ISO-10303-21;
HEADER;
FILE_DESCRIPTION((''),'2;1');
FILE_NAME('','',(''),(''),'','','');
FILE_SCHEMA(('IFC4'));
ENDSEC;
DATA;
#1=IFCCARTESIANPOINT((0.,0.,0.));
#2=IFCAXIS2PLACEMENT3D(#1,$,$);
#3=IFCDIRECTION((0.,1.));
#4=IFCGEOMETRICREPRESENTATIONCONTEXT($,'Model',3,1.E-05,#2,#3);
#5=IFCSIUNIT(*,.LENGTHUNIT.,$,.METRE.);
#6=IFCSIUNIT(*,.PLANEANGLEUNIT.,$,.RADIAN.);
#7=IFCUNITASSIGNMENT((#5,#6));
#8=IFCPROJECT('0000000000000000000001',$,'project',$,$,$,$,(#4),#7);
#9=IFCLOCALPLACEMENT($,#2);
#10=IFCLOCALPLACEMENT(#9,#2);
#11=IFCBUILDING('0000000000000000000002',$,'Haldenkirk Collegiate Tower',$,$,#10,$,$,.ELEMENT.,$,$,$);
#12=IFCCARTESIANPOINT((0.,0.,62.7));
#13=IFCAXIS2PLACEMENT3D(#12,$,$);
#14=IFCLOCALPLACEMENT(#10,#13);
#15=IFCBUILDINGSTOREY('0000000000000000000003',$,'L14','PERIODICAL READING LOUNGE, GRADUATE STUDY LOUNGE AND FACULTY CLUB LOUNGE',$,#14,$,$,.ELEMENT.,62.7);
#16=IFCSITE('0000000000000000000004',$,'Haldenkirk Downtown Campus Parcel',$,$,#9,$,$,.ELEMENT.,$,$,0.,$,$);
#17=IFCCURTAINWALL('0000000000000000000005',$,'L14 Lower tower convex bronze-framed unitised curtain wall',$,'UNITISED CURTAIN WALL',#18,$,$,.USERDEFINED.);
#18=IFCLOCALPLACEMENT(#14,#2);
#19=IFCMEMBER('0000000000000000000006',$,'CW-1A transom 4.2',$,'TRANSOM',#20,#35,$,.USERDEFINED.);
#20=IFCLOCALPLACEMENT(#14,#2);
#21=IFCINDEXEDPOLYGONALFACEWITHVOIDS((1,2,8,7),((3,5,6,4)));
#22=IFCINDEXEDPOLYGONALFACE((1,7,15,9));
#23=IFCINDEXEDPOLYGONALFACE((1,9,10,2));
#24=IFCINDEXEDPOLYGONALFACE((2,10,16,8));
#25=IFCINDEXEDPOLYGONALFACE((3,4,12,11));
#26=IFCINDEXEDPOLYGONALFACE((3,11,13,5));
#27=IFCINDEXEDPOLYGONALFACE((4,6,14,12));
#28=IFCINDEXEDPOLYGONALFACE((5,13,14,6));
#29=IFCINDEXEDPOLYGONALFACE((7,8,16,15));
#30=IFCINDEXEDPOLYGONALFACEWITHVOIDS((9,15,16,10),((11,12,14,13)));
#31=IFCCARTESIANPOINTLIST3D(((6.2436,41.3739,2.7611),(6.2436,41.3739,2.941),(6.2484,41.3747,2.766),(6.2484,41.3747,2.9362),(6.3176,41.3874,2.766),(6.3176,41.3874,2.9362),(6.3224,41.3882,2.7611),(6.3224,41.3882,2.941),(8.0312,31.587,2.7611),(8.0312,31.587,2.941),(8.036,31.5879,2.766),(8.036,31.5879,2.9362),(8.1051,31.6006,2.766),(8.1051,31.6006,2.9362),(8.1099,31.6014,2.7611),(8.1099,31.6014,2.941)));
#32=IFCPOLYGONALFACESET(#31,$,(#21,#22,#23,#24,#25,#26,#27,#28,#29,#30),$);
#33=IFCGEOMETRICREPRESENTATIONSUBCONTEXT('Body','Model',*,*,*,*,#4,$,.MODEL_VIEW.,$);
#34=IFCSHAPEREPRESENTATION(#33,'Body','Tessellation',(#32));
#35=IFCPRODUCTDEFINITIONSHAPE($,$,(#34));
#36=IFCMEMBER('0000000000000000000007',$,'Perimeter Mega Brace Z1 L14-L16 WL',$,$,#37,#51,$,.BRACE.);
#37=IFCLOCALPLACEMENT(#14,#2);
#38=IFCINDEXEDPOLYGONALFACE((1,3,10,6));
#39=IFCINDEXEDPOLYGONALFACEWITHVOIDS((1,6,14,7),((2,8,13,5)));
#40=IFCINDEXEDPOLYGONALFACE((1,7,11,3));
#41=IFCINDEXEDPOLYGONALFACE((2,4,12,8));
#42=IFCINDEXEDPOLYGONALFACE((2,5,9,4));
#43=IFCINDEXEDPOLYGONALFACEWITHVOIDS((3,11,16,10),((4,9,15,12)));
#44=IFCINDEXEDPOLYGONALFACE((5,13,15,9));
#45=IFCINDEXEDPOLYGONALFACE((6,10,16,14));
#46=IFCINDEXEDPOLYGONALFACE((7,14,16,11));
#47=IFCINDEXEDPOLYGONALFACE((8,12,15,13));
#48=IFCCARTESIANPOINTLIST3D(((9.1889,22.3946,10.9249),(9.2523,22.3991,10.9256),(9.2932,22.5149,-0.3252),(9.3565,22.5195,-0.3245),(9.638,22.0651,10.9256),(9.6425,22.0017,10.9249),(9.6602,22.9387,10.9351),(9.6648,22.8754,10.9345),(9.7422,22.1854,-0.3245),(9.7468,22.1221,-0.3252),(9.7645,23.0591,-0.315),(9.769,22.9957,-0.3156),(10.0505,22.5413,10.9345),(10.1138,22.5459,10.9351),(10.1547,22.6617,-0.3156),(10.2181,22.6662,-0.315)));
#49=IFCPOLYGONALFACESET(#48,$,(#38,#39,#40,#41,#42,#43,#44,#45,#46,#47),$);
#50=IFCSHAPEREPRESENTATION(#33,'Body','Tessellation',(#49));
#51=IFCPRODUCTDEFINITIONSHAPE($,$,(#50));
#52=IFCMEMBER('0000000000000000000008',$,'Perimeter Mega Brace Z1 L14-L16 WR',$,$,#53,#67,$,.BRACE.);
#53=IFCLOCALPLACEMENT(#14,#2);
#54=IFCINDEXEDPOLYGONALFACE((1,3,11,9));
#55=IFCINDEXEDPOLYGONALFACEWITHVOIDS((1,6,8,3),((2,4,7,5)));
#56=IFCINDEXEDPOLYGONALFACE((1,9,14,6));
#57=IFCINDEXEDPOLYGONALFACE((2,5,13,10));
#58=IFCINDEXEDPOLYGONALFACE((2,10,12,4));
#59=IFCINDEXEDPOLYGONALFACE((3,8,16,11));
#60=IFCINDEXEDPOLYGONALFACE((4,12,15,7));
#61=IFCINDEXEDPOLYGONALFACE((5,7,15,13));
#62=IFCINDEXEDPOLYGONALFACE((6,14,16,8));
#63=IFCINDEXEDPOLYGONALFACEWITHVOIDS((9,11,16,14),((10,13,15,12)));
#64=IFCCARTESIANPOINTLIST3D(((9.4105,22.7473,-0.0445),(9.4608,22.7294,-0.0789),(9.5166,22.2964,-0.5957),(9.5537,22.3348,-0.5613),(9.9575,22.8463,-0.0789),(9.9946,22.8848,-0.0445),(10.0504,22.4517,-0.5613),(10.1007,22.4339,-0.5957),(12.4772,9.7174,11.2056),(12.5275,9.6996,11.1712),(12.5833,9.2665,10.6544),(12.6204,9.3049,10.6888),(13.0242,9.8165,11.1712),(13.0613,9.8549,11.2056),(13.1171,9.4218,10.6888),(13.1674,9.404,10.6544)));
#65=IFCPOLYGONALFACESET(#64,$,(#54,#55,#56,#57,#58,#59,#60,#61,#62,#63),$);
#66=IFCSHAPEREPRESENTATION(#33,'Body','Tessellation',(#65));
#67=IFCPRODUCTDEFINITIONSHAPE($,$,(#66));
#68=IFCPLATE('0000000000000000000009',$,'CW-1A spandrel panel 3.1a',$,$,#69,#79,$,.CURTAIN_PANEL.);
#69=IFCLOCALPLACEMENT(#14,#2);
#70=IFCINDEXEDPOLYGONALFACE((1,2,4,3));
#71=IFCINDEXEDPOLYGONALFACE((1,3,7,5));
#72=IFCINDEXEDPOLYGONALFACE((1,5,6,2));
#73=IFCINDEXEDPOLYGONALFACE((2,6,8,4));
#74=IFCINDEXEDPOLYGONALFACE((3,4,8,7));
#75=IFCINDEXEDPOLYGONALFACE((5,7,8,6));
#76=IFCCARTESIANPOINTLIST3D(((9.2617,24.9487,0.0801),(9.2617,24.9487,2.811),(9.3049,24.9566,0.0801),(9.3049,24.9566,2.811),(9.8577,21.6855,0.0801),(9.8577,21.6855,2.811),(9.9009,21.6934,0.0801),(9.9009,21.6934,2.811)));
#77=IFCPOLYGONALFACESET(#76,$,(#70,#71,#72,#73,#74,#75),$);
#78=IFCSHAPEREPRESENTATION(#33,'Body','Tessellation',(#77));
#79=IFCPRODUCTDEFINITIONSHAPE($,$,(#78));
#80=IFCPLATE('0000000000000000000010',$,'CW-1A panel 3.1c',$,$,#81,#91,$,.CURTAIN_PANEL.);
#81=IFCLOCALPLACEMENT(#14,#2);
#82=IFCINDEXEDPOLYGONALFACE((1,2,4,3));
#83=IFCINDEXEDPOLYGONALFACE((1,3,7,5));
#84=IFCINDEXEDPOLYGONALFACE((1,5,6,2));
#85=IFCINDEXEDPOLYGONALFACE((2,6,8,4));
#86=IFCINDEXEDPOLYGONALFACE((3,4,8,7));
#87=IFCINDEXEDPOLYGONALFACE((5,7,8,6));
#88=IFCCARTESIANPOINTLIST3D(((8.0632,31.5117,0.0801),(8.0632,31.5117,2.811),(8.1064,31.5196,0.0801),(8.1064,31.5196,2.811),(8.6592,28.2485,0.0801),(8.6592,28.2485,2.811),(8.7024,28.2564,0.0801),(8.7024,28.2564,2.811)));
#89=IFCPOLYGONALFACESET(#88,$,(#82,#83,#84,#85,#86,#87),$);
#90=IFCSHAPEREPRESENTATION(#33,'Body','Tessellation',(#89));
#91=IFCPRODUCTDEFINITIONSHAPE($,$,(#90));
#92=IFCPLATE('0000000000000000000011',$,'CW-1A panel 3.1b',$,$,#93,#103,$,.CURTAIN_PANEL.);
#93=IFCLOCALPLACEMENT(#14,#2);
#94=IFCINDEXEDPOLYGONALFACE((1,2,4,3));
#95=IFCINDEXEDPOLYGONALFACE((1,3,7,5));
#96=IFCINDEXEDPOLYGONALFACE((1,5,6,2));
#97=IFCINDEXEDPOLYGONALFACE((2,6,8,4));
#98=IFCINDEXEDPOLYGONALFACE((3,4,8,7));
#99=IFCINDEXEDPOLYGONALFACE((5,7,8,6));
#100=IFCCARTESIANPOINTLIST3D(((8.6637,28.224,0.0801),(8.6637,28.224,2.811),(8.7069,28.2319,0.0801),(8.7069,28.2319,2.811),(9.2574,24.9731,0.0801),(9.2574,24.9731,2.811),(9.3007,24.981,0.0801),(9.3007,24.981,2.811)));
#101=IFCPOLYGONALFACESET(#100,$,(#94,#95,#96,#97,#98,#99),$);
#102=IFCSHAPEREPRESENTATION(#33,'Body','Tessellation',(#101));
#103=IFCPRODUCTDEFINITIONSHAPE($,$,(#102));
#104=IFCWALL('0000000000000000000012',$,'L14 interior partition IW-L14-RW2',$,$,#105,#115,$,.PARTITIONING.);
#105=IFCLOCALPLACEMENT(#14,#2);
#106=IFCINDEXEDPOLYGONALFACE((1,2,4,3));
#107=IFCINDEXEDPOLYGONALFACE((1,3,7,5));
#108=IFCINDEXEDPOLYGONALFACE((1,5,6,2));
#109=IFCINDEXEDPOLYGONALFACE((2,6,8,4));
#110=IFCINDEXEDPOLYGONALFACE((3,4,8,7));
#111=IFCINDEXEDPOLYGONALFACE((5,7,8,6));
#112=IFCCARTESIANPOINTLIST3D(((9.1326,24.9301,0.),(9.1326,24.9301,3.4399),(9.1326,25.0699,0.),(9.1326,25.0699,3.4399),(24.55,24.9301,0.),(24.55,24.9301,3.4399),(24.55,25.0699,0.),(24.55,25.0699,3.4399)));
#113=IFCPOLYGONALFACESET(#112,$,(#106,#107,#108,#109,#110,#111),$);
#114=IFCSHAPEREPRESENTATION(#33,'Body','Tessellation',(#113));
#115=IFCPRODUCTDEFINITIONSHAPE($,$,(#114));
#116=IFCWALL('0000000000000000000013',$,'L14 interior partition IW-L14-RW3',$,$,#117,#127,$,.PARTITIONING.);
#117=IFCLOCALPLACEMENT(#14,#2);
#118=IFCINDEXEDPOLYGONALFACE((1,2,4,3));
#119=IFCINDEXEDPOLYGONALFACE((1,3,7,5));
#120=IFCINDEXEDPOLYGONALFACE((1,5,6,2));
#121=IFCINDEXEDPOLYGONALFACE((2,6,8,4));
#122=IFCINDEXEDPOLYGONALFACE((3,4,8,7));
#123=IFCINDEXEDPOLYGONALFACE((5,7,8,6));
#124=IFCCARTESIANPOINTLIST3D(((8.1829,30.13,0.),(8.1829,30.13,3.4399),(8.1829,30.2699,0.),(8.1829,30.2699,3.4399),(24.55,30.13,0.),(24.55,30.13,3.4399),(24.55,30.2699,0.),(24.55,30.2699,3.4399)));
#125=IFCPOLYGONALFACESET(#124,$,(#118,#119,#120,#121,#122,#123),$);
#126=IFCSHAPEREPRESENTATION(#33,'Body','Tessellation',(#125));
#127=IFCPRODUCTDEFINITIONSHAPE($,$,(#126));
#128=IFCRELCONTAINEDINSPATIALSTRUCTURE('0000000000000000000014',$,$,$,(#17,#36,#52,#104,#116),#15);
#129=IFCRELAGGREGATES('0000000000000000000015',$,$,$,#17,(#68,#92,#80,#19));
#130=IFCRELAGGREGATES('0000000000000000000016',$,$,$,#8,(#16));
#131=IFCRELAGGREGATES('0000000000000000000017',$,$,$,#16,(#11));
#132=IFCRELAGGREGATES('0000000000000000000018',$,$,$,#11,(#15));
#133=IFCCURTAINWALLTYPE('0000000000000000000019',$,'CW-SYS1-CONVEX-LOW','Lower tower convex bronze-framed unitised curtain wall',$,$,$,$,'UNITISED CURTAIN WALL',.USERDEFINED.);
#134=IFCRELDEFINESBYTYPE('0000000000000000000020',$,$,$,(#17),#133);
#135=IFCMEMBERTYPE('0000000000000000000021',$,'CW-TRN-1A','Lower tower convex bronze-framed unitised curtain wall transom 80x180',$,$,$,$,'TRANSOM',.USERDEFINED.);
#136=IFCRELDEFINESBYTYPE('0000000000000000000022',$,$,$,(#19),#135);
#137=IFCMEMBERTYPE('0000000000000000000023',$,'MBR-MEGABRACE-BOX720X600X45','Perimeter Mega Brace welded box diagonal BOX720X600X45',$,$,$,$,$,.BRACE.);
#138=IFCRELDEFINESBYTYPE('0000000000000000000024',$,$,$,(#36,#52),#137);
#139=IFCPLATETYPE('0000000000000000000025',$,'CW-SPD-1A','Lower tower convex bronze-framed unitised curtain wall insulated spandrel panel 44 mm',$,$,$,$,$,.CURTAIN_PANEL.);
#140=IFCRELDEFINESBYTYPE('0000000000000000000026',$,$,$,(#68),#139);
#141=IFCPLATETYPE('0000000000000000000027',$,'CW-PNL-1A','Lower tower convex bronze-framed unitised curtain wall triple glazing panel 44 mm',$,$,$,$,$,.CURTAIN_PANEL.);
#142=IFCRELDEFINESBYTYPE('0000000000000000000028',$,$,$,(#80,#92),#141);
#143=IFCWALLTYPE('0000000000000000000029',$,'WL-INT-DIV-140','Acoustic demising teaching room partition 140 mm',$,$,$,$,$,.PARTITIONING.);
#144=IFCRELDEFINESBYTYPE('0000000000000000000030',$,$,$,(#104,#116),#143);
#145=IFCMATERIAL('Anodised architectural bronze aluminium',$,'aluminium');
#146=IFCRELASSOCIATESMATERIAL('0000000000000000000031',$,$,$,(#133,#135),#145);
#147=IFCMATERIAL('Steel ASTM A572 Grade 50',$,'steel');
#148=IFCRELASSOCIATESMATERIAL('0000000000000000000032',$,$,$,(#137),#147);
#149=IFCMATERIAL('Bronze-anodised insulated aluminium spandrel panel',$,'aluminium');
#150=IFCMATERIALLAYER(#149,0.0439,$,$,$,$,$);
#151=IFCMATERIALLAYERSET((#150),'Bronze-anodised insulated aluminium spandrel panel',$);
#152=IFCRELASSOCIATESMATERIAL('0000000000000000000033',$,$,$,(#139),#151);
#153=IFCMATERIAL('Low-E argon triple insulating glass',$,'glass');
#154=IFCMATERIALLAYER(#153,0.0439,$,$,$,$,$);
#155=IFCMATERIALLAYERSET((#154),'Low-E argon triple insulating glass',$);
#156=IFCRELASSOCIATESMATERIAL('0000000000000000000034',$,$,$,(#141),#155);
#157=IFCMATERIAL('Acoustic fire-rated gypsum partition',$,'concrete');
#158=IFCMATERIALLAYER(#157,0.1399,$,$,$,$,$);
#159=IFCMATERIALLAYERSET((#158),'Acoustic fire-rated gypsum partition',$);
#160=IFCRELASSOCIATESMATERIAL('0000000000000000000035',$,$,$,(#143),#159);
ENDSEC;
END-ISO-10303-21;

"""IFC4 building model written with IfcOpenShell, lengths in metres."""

from ifc_helpers import new_model, si_unit, direction, frame, frame_2d, origin, origin_2d, place, context, subcontext, project, spatial, rectangle, hollow_rectangle, extrude, source, transform, mapped, material, layer, layer_set, material_profile, profile_set, type_object, element, aggregate, save


model = new_model("IFC4")

# Units and contexts
model_context = context("Model", 3, precision=1e-05, world=origin(), true_north=direction((0.0, 1.0)))
body_context = subcontext(model_context, "Body", "Model", "MODEL_VIEW")
ifc_project = project(units=[si_unit("LENGTHUNIT", "METRE"), si_unit("PLANEANGLEUNIT", "RADIAN")], contexts=[model_context])

# Site, building, storey
site_placement = place(None, origin())
site = spatial("IfcSite", under=ifc_project, at=site_placement, Name="Haldenkirk Downtown Campus Parcel", CompositionType="ELEMENT", RefElevation=0.0)
building_placement = place(site_placement, origin())
building = spatial("IfcBuilding", under=site, at=building_placement, Name="Haldenkirk Collegiate Tower", CompositionType="ELEMENT")
storey_placement = place(building_placement, frame((0.0, 0.0, 62.7)))
storey = spatial("IfcBuildingStorey", under=building, at=storey_placement, Name="L14", Description="PERIODICAL READING LOUNGE, GRADUATE STUDY LOUNGE AND FACULTY CLUB LOUNGE", CompositionType="ELEMENT", Elevation=62.7)

# Curtain wall, member
ifc_material_1 = material(Name="Anodised architectural bronze aluminium", Category="aluminium")
curtain_wall_type = type_object("IfcCurtainWallType", Name="CW-SYS1-CONVEX-LOW", Description="Lower tower convex bronze-framed unitised curtain wall", ElementType="UNITISED CURTAIN WALL", PredefinedType="USERDEFINED", material=ifc_material_1)
curtain_wall_placement = place(storey_placement, origin())
curtain_wall = element("IfcCurtainWall", 1, at=curtain_wall_placement, inside=storey, type_object=curtain_wall_type, Name="L14 Lower tower convex bronze-framed unitised curtain wall", ObjectType="UNITISED CURTAIN WALL", PredefinedType="USERDEFINED")
ifc_material_profile_1 = material_profile(ifc_material_1, hollow_rectangle(XDim=0.0801, YDim=0.1799, WallThickness=0.0049, at=origin_2d()), Name="CW-TRN-1A")
ifc_profile_set_1 = profile_set([ifc_material_profile_1], Name="Anodised architectural bronze aluminium")
member_type_1 = type_object("IfcMemberType", Name="CW-TRN-1A", Description="Lower tower convex bronze-framed unitised curtain wall transom 80x180", ElementType="TRANSOM", PredefinedType="USERDEFINED", material=ifc_profile_set_1)
member_1_placement = place(storey_placement, frame((8.0706, 31.5942, 2.8511), z_axis=(-0.17968, 0.983725, 0.0), x_axis=(-0.983725, -0.17968, 0.0)))
member_1 = element("IfcMember", 2, at=member_1_placement, type_object=member_type_1, Name="CW-1A transom 4.2", ObjectType="TRANSOM", PredefinedType="USERDEFINED", context=body_context, shape_type="SweptSolid", body=[
    extrude(hollow_rectangle(XDim=0.0801, YDim=0.1799, WallThickness=0.0049, at=origin_2d()), origin(), (0.0, 0.0, 1.0), 9.9487),
])

# Members
ifc_material_2 = material(Name="Steel ASTM A572 Grade 50", Category="steel")
ifc_material_profile_2 = material_profile(ifc_material_2, hollow_rectangle(XDim=0.6001, YDim=0.72, WallThickness=0.0449, at=origin_2d()), Name="BOX720X600X45")
ifc_profile_set_2 = profile_set([ifc_material_profile_2], Name="Steel ASTM A572 Grade 50")
member_type_2 = type_object("IfcMemberType", Name="MBR-MEGABRACE-BOX720X600X45", Description="Perimeter Mega Brace welded box diagonal BOX720X600X45", PredefinedType="BRACE", material=ifc_profile_set_2)
member_2_placement = place(storey_placement, frame((9.7556, 22.5906, -0.3201), z_axis=(-0.009266, -0.010698, 0.9999), x_axis=(0.755891, -0.654697, 0.0)))
element("IfcMember", 3, at=member_2_placement, inside=storey, type_object=member_type_2, Name="Perimeter Mega Brace Z1 L14-L16 WL", PredefinedType="BRACE", context=body_context, shape_type="SweptSolid", body=[
    extrude(hollow_rectangle(XDim=0.6001, YDim=0.72, WallThickness=0.0449, at=origin_2d()), origin(), (0.0, 0.0, 1.0), 11.2512),
])
member_3_placement = place(storey_placement, frame((9.7556, 22.5906, -0.3201), z_axis=(0.175383, -0.745177, 0.643391), x_axis=(0.973404, 0.229097, 0.0)))
element("IfcMember", 4, at=member_3_placement, inside=storey, type_object=member_type_2, Name="Perimeter Mega Brace Z1 L14-L16 WR", PredefinedType="BRACE", context=body_context, shape_type="SweptSolid", body=[
    extrude(hollow_rectangle(XDim=0.6001, YDim=0.72, WallThickness=0.0449, at=origin_2d()), origin(), (0.0, 0.0, 1.0), 17.4856),
])

# Plates
ifc_material_3 = material(Name="Bronze-anodised insulated aluminium spandrel panel", Category="aluminium")
ifc_layer_1 = layer(ifc_material_3, 0.0439)
ifc_layer_set_1 = layer_set([ifc_layer_1], Name="Bronze-anodised insulated aluminium spandrel panel")
plate_type_1 = type_object("IfcPlateType", Name="CW-SPD-1A", Description="Lower tower convex bronze-framed unitised curtain wall insulated spandrel panel 44 mm", PredefinedType="CURTAIN_PANEL", material=ifc_layer_set_1)
shared_shape_1 = source(origin(), body_context, "Body", "SweptSolid", [
    extrude(rectangle(XDim=3.3171, YDim=0.0439, at=origin_2d()), origin(), (0.0, 0.0, 1.0), 2.731),
])
plate_1_placement = place(storey_placement, frame((9.5813, 23.321, 0.0801), z_axis=(0.0, 0.0, 1.0), x_axis=(-0.17966, 0.983729, 0.0)))
plate_1 = element("IfcPlate", 5, at=plate_1_placement, type_object=plate_type_1, Name="CW-1A spandrel panel 3.1a", PredefinedType="CURTAIN_PANEL", context=body_context, shape_type="MappedRepresentation", body=[
    mapped(shared_shape_1, transform((0.0, 0.0, 0.0), x_axis=(1.0, 0.0, 0.0), y_axis=(0.0, 1.0, 0.0), z_axis=(0.0, 0.0, 1.0), scale=1.0)),
])
ifc_material_4 = material(Name="Low-E argon triple insulating glass", Category="glass")
ifc_layer_2 = layer(ifc_material_4, 0.0439)
ifc_layer_set_2 = layer_set([ifc_layer_2], Name="Low-E argon triple insulating glass")
plate_type_2 = type_object("IfcPlateType", Name="CW-PNL-1A", Description="Lower tower convex bronze-framed unitised curtain wall triple glazing panel 44 mm", PredefinedType="CURTAIN_PANEL", material=ifc_layer_set_2)
plate_2_placement = place(storey_placement, frame((8.3828, 29.884, 0.0801), z_axis=(0.0, 0.0, 1.0), x_axis=(-0.17966, 0.983729, 0.0)))
plate_2 = element("IfcPlate", 6, at=plate_2_placement, type_object=plate_type_2, Name="CW-1A panel 3.1c", PredefinedType="CURTAIN_PANEL", context=body_context, shape_type="MappedRepresentation", body=[
    mapped(shared_shape_1, transform((0.0, 0.0, 0.0), x_axis=(1.0, 0.0, 0.0), y_axis=(0.0, 1.0, 0.0), z_axis=(0.0, 0.0, 1.0), scale=1.0)),
])
shared_shape_2 = source(origin(), body_context, "Body", "SweptSolid", [
    extrude(rectangle(XDim=3.3047, YDim=0.0439, at=origin_2d()), origin(), (0.0, 0.0, 1.0), 2.731),
])
plate_3_placement = place(storey_placement, frame((8.9822, 26.6025, 0.0801), z_axis=(0.0, 0.0, 1.0), x_axis=(-0.17966, 0.983729, 0.0)))
plate_3 = element("IfcPlate", 7, at=plate_3_placement, type_object=plate_type_2, Name="CW-1A panel 3.1b", PredefinedType="CURTAIN_PANEL", context=body_context, shape_type="MappedRepresentation", body=[
    mapped(shared_shape_2, transform((0.0, 0.0, 0.0), x_axis=(1.0, 0.0, 0.0), y_axis=(0.0, 1.0, 0.0), z_axis=(0.0, 0.0, 1.0), scale=1.0)),
])
aggregate(curtain_wall, [plate_1, plate_3, plate_2, member_1])

# Walls
ifc_material_5 = material(Name="Acoustic fire-rated gypsum partition", Category="concrete")
ifc_layer_3 = layer(ifc_material_5, 0.1399)
ifc_layer_set_3 = layer_set([ifc_layer_3], Name="Acoustic fire-rated gypsum partition")
wall_type = type_object("IfcWallType", Name="WL-INT-DIV-140", Description="Acoustic demising teaching room partition 140 mm", PredefinedType="PARTITIONING", material=ifc_layer_set_3)
wall_1_placement = place(storey_placement, frame((9.1326, 25.0, 0.0), z_axis=(0.0, 0.0, 1.0), x_axis=(1.0, 0.0, 0.0)))
element("IfcWall", 8, at=wall_1_placement, inside=storey, type_object=wall_type, Name="L14 interior partition IW-L14-RW2", PredefinedType="PARTITIONING", context=body_context, shape_type="SweptSolid", body=[
    extrude(rectangle(XDim=15.4175, YDim=0.1399, at=frame_2d((7.7087, 0.0))), origin(), (0.0, 0.0, 1.0), 3.4399),
])
wall_2_placement = place(storey_placement, frame((8.1829, 30.2, 0.0), z_axis=(0.0, 0.0, 1.0), x_axis=(1.0, 0.0, 0.0)))
element("IfcWall", 9, at=wall_2_placement, inside=storey, type_object=wall_type, Name="L14 interior partition IW-L14-RW3", PredefinedType="PARTITIONING", context=body_context, shape_type="SweptSolid", body=[
    extrude(rectangle(XDim=16.3672, YDim=0.1399, at=frame_2d((8.1836, 0.0))), origin(), (0.0, 0.0, 1.0), 3.4399),
])

save(model, "model.ifc")
